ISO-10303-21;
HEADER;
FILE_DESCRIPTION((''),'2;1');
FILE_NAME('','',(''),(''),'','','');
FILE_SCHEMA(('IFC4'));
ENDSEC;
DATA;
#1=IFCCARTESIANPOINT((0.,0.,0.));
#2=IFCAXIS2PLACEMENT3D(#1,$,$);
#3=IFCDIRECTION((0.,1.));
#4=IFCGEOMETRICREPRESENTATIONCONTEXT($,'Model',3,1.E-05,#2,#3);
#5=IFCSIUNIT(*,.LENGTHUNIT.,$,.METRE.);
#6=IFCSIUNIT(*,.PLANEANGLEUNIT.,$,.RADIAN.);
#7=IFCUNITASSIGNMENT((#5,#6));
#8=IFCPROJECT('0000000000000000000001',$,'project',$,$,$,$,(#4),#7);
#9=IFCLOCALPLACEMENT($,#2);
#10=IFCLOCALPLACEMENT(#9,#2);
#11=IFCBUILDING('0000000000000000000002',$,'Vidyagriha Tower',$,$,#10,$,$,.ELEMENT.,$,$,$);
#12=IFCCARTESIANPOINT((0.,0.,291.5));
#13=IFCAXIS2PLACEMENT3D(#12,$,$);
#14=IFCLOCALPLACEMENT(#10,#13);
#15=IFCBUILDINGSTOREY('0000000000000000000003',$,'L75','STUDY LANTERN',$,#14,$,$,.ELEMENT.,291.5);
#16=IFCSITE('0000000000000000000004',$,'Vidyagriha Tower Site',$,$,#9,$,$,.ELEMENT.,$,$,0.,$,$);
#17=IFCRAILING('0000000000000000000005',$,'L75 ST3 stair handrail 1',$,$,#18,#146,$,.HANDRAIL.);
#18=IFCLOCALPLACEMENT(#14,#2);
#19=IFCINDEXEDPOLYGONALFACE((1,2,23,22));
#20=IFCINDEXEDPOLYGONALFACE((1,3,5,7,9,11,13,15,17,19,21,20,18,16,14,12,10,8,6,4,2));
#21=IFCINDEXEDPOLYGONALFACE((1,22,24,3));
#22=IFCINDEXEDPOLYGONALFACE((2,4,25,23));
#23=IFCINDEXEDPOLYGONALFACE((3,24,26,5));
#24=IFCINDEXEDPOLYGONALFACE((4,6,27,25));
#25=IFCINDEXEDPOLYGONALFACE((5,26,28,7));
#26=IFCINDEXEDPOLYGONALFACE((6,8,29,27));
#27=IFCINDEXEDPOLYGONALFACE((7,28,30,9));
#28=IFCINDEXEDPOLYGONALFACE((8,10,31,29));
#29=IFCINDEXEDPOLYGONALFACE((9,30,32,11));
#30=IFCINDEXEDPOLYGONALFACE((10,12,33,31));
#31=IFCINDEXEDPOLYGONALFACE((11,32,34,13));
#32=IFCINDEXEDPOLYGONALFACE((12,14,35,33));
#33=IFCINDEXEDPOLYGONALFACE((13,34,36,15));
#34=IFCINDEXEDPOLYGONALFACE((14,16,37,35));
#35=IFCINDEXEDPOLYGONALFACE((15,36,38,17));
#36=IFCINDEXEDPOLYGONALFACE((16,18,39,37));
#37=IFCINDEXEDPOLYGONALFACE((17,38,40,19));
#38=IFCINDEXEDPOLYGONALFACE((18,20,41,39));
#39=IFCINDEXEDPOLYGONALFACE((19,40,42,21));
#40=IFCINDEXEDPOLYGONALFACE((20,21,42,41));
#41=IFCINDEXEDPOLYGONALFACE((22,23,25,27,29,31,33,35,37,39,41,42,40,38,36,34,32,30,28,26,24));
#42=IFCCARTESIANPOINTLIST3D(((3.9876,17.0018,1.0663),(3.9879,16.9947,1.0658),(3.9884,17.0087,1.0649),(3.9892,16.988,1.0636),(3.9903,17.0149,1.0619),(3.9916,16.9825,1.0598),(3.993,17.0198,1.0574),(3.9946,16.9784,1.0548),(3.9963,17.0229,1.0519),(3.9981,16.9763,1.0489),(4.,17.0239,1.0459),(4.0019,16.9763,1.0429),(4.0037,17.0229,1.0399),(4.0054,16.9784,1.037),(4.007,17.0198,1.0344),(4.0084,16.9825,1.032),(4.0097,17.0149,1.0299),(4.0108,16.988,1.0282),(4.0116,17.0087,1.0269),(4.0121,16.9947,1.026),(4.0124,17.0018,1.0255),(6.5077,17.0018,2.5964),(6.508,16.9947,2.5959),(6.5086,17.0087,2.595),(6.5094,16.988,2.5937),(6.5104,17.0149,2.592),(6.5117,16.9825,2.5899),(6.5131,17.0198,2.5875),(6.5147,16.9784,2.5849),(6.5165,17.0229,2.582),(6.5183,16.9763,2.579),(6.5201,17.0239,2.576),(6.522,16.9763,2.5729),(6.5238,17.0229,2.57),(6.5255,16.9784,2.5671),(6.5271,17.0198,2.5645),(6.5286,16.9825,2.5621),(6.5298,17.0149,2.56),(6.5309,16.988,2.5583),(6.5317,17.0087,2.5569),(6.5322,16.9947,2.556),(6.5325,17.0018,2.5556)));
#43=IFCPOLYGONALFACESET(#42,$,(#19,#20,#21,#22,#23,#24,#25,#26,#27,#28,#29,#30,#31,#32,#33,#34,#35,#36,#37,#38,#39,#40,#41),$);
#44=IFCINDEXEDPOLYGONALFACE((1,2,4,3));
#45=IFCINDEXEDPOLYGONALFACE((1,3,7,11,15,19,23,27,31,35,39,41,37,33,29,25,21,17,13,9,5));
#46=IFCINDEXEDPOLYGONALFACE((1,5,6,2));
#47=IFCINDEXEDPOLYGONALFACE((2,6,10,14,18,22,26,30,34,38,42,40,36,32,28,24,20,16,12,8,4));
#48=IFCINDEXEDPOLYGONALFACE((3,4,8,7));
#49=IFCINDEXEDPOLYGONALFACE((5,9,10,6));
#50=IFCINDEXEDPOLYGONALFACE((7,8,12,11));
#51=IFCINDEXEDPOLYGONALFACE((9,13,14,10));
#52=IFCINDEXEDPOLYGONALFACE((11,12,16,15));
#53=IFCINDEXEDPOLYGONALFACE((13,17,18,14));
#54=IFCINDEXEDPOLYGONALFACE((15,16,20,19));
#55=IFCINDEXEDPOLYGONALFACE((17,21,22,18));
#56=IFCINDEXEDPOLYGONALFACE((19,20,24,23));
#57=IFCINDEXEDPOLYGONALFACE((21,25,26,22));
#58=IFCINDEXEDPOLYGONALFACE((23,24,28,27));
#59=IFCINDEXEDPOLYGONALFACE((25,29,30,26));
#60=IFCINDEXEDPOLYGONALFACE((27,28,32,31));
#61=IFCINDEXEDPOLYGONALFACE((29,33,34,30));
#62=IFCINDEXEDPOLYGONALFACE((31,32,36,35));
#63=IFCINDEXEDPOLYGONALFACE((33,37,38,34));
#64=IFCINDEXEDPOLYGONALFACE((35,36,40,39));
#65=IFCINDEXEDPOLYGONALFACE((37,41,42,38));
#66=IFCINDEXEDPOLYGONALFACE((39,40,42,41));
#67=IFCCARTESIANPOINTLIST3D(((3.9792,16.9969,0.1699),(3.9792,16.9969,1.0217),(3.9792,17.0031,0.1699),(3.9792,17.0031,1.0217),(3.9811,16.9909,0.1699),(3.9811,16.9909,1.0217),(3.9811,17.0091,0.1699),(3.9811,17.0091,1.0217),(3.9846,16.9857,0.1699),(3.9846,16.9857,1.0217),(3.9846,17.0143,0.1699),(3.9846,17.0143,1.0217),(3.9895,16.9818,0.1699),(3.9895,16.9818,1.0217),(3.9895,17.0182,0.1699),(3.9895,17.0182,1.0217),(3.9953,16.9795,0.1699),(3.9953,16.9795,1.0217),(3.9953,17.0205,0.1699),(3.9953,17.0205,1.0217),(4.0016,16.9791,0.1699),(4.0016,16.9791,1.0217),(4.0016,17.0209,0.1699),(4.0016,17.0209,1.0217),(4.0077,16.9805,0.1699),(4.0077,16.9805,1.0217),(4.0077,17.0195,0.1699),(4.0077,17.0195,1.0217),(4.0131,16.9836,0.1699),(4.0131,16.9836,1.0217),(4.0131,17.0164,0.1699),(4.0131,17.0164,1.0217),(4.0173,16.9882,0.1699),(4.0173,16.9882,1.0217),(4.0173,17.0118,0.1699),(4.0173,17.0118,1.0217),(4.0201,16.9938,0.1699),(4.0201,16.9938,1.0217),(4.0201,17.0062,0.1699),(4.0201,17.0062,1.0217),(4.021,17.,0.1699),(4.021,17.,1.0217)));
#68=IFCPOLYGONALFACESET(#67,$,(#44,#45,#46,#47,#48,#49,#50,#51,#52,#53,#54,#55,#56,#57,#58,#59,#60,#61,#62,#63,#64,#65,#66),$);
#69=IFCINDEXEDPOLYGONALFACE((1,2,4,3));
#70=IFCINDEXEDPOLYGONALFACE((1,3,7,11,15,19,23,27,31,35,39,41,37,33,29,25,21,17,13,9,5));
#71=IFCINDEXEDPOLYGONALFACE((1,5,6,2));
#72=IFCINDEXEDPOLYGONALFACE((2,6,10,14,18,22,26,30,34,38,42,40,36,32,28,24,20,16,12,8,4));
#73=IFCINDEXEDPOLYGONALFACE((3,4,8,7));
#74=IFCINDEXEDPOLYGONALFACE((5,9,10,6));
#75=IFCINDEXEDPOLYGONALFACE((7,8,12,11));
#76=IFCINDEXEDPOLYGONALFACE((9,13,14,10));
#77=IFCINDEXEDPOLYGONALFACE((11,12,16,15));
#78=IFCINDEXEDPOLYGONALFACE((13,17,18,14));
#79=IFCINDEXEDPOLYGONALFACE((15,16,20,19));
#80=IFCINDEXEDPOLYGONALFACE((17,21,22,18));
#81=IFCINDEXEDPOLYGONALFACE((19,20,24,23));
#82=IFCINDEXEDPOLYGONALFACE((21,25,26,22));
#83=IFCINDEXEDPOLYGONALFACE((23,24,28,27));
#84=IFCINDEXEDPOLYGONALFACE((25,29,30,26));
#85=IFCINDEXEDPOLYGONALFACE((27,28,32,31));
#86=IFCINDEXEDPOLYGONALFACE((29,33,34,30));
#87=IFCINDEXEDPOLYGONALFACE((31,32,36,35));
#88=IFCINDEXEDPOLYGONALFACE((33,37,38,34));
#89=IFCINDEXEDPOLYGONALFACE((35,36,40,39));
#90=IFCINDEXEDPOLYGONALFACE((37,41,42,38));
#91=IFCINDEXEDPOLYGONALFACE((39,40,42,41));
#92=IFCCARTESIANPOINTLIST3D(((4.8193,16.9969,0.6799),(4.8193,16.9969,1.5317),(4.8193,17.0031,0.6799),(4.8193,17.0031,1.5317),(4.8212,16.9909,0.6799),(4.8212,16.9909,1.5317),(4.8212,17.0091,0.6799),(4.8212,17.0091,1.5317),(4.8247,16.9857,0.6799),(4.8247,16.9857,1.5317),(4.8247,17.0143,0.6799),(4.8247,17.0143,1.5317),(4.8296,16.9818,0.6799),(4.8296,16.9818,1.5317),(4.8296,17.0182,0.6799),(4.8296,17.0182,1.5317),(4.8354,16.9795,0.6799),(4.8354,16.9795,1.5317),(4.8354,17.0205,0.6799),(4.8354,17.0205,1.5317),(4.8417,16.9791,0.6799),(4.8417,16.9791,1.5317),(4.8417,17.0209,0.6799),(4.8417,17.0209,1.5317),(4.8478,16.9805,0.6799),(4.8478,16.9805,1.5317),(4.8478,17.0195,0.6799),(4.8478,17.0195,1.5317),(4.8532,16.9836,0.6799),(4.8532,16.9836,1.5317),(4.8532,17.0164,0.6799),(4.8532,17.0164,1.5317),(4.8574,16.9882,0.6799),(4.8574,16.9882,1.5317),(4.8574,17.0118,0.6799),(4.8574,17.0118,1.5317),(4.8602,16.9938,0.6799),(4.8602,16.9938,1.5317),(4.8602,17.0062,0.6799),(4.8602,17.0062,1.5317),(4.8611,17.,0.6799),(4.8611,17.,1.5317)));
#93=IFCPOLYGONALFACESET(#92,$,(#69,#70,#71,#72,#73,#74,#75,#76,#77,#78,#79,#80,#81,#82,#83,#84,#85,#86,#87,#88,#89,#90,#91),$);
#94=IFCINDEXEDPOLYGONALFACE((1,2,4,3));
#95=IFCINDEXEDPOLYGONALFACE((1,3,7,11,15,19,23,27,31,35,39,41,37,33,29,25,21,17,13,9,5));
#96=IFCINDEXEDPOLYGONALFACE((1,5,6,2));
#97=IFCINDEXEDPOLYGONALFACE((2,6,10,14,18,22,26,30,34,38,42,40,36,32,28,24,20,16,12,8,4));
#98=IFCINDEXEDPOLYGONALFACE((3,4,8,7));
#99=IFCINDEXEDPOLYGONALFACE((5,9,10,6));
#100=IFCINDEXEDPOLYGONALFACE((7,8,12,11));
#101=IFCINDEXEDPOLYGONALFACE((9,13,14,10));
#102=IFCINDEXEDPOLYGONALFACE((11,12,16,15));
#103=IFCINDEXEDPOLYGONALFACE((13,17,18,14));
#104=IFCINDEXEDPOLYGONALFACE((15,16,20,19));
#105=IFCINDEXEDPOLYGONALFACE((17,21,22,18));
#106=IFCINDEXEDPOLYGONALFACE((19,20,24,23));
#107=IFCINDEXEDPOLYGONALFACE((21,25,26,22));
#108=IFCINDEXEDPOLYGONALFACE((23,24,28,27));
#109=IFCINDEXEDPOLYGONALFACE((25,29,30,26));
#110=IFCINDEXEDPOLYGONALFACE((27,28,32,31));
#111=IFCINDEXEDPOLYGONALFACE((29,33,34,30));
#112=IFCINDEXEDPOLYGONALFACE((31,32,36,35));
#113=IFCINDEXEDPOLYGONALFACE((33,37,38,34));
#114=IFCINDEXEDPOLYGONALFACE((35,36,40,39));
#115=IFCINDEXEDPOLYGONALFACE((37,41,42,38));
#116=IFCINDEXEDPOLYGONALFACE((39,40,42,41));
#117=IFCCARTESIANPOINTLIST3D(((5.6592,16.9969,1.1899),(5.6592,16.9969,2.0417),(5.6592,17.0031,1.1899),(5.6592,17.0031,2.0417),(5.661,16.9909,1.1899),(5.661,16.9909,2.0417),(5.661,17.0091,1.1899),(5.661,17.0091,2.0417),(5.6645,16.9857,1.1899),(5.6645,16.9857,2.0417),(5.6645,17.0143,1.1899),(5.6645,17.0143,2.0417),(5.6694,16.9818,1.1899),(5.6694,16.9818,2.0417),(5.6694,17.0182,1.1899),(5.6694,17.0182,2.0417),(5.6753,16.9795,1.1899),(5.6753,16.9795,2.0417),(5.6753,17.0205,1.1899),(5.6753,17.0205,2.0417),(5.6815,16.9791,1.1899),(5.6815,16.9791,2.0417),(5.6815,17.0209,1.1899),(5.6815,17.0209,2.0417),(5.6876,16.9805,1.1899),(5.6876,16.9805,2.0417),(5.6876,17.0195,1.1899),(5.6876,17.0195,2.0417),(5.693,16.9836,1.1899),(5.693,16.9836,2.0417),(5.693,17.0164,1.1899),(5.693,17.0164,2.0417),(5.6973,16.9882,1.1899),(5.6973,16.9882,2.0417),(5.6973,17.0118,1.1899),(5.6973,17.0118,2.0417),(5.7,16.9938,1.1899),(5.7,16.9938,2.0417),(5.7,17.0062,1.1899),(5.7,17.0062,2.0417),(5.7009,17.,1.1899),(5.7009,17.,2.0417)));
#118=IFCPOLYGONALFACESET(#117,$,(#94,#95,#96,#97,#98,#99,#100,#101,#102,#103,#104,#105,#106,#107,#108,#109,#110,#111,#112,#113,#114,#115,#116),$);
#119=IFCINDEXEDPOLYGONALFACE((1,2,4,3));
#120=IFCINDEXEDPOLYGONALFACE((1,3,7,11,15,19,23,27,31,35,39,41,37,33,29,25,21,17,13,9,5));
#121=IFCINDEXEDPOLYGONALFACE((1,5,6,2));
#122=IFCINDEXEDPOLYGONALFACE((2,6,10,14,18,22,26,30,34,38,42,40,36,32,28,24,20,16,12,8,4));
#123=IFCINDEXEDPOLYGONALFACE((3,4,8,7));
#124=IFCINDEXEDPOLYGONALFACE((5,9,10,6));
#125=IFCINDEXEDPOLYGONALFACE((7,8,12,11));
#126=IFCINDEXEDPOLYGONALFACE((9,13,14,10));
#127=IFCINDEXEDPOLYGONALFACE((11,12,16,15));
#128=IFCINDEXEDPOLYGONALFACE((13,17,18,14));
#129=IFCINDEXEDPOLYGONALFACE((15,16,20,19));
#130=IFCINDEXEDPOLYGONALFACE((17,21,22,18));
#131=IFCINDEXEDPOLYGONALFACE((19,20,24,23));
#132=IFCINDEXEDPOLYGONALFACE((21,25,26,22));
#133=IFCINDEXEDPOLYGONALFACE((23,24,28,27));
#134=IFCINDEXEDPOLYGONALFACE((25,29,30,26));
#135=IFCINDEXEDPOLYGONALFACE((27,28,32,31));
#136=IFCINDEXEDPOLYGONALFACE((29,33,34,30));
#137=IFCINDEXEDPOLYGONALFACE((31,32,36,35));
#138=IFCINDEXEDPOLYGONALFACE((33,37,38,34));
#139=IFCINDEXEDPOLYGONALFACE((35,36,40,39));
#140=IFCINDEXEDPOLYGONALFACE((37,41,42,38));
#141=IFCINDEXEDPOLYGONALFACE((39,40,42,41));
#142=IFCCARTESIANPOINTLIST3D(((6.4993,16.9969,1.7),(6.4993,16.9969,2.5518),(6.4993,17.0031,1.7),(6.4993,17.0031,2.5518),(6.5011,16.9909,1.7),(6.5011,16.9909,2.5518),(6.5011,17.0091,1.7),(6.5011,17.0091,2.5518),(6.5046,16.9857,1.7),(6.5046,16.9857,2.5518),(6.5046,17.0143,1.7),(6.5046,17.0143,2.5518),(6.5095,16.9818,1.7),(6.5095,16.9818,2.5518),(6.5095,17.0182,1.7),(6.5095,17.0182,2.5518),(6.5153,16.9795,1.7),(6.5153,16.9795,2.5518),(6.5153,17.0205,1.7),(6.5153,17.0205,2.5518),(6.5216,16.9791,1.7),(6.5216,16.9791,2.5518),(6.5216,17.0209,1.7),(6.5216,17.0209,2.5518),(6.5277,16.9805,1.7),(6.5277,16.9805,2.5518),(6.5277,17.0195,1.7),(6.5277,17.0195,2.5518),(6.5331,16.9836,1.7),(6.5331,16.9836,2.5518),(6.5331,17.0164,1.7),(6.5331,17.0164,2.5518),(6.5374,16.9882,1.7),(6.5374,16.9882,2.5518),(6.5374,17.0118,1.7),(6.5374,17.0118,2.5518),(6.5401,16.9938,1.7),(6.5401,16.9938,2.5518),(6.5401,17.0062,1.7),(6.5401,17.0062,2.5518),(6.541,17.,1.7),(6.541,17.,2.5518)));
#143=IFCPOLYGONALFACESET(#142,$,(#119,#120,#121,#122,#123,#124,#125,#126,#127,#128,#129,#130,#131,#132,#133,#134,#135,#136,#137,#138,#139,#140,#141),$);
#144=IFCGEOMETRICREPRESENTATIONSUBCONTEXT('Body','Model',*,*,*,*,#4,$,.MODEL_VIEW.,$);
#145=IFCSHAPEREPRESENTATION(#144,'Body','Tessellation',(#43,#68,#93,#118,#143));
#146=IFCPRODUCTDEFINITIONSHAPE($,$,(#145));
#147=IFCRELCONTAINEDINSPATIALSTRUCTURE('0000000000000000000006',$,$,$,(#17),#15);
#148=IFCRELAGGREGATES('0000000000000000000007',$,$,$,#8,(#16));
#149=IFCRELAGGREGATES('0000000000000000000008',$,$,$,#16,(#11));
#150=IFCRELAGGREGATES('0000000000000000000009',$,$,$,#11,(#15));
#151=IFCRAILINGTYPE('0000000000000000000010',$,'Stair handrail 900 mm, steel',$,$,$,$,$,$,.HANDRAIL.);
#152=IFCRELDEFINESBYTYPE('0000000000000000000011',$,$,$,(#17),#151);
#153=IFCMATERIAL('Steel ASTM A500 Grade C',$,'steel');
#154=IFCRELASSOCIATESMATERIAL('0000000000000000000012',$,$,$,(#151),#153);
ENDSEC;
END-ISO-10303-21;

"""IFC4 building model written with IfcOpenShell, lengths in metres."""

from ifc_helpers import new_model, si_unit, direction, frame, origin, origin_2d, place, context, subcontext, project, spatial, circle, extrude, material, type_object, element, save


model = new_model("IFC4")

# Units and contexts
model_context = context("Model", 3, precision=1e-05, world=origin(), true_north=direction((0.0, 1.0)))
body_context = subcontext(model_context, "Body", "Model", "MODEL_VIEW")
ifc_project = project(units=[si_unit("LENGTHUNIT", "METRE"), si_unit("PLANEANGLEUNIT", "RADIAN")], contexts=[model_context])

# Site, building, storey
site_placement = place(None, origin())
site = spatial("IfcSite", under=ifc_project, at=site_placement, Name="Vidyagriha Tower Site", CompositionType="ELEMENT", RefElevation=0.0)
building_placement = place(site_placement, origin())
building = spatial("IfcBuilding", under=site, at=building_placement, Name="Vidyagriha Tower", CompositionType="ELEMENT")
storey_placement = place(building_placement, frame((0.0, 0.0, 291.5)))
storey = spatial("IfcBuildingStorey", under=building, at=storey_placement, Name="L75", Description="STUDY LANTERN", CompositionType="ELEMENT", Elevation=291.5)

# Railing
ifc_material_1 = material(Name="Steel ASTM A500 Grade C", Category="steel")
railing_type_1 = type_object("IfcRailingType", Name="Stair handrail 900 mm, steel", PredefinedType="HANDRAIL", material=ifc_material_1)
railing_1_placement = place(storey_placement, frame((4.0, 17.0, 0.1699)))
element("IfcRailing", 1, at=railing_1_placement, inside=storey, type_object=railing_type_1, Name="L75 ST3 stair handrail 1", PredefinedType="HANDRAIL", context=body_context, shape_type="SweptSolid", body=[
    extrude(circle(Radius=0.0239, at=origin_2d()), frame((0.0, 0.0, 0.876), z_axis=(0.854785, 0.0, 0.518982), x_axis=(0.0, 1.0, 0.0)), (0.0, 0.0, 1.0), 2.9482),
    extrude(circle(Radius=0.021, at=origin_2d()), origin(), (0.0, 0.0, 1.0), 0.8518),
    extrude(circle(Radius=0.021, at=origin_2d()), frame((0.8401, 0.0, 0.51)), (0.0, 0.0, 1.0), 0.8518),
    extrude(circle(Radius=0.021, at=origin_2d()), frame((1.6799, 0.0, 1.02)), (0.0, 0.0, 1.0), 0.8518),
    extrude(circle(Radius=0.021, at=origin_2d()), frame((2.52, 0.0, 1.53)), (0.0, 0.0, 1.0), 0.8518),
])

save(model, "model.ifc")
